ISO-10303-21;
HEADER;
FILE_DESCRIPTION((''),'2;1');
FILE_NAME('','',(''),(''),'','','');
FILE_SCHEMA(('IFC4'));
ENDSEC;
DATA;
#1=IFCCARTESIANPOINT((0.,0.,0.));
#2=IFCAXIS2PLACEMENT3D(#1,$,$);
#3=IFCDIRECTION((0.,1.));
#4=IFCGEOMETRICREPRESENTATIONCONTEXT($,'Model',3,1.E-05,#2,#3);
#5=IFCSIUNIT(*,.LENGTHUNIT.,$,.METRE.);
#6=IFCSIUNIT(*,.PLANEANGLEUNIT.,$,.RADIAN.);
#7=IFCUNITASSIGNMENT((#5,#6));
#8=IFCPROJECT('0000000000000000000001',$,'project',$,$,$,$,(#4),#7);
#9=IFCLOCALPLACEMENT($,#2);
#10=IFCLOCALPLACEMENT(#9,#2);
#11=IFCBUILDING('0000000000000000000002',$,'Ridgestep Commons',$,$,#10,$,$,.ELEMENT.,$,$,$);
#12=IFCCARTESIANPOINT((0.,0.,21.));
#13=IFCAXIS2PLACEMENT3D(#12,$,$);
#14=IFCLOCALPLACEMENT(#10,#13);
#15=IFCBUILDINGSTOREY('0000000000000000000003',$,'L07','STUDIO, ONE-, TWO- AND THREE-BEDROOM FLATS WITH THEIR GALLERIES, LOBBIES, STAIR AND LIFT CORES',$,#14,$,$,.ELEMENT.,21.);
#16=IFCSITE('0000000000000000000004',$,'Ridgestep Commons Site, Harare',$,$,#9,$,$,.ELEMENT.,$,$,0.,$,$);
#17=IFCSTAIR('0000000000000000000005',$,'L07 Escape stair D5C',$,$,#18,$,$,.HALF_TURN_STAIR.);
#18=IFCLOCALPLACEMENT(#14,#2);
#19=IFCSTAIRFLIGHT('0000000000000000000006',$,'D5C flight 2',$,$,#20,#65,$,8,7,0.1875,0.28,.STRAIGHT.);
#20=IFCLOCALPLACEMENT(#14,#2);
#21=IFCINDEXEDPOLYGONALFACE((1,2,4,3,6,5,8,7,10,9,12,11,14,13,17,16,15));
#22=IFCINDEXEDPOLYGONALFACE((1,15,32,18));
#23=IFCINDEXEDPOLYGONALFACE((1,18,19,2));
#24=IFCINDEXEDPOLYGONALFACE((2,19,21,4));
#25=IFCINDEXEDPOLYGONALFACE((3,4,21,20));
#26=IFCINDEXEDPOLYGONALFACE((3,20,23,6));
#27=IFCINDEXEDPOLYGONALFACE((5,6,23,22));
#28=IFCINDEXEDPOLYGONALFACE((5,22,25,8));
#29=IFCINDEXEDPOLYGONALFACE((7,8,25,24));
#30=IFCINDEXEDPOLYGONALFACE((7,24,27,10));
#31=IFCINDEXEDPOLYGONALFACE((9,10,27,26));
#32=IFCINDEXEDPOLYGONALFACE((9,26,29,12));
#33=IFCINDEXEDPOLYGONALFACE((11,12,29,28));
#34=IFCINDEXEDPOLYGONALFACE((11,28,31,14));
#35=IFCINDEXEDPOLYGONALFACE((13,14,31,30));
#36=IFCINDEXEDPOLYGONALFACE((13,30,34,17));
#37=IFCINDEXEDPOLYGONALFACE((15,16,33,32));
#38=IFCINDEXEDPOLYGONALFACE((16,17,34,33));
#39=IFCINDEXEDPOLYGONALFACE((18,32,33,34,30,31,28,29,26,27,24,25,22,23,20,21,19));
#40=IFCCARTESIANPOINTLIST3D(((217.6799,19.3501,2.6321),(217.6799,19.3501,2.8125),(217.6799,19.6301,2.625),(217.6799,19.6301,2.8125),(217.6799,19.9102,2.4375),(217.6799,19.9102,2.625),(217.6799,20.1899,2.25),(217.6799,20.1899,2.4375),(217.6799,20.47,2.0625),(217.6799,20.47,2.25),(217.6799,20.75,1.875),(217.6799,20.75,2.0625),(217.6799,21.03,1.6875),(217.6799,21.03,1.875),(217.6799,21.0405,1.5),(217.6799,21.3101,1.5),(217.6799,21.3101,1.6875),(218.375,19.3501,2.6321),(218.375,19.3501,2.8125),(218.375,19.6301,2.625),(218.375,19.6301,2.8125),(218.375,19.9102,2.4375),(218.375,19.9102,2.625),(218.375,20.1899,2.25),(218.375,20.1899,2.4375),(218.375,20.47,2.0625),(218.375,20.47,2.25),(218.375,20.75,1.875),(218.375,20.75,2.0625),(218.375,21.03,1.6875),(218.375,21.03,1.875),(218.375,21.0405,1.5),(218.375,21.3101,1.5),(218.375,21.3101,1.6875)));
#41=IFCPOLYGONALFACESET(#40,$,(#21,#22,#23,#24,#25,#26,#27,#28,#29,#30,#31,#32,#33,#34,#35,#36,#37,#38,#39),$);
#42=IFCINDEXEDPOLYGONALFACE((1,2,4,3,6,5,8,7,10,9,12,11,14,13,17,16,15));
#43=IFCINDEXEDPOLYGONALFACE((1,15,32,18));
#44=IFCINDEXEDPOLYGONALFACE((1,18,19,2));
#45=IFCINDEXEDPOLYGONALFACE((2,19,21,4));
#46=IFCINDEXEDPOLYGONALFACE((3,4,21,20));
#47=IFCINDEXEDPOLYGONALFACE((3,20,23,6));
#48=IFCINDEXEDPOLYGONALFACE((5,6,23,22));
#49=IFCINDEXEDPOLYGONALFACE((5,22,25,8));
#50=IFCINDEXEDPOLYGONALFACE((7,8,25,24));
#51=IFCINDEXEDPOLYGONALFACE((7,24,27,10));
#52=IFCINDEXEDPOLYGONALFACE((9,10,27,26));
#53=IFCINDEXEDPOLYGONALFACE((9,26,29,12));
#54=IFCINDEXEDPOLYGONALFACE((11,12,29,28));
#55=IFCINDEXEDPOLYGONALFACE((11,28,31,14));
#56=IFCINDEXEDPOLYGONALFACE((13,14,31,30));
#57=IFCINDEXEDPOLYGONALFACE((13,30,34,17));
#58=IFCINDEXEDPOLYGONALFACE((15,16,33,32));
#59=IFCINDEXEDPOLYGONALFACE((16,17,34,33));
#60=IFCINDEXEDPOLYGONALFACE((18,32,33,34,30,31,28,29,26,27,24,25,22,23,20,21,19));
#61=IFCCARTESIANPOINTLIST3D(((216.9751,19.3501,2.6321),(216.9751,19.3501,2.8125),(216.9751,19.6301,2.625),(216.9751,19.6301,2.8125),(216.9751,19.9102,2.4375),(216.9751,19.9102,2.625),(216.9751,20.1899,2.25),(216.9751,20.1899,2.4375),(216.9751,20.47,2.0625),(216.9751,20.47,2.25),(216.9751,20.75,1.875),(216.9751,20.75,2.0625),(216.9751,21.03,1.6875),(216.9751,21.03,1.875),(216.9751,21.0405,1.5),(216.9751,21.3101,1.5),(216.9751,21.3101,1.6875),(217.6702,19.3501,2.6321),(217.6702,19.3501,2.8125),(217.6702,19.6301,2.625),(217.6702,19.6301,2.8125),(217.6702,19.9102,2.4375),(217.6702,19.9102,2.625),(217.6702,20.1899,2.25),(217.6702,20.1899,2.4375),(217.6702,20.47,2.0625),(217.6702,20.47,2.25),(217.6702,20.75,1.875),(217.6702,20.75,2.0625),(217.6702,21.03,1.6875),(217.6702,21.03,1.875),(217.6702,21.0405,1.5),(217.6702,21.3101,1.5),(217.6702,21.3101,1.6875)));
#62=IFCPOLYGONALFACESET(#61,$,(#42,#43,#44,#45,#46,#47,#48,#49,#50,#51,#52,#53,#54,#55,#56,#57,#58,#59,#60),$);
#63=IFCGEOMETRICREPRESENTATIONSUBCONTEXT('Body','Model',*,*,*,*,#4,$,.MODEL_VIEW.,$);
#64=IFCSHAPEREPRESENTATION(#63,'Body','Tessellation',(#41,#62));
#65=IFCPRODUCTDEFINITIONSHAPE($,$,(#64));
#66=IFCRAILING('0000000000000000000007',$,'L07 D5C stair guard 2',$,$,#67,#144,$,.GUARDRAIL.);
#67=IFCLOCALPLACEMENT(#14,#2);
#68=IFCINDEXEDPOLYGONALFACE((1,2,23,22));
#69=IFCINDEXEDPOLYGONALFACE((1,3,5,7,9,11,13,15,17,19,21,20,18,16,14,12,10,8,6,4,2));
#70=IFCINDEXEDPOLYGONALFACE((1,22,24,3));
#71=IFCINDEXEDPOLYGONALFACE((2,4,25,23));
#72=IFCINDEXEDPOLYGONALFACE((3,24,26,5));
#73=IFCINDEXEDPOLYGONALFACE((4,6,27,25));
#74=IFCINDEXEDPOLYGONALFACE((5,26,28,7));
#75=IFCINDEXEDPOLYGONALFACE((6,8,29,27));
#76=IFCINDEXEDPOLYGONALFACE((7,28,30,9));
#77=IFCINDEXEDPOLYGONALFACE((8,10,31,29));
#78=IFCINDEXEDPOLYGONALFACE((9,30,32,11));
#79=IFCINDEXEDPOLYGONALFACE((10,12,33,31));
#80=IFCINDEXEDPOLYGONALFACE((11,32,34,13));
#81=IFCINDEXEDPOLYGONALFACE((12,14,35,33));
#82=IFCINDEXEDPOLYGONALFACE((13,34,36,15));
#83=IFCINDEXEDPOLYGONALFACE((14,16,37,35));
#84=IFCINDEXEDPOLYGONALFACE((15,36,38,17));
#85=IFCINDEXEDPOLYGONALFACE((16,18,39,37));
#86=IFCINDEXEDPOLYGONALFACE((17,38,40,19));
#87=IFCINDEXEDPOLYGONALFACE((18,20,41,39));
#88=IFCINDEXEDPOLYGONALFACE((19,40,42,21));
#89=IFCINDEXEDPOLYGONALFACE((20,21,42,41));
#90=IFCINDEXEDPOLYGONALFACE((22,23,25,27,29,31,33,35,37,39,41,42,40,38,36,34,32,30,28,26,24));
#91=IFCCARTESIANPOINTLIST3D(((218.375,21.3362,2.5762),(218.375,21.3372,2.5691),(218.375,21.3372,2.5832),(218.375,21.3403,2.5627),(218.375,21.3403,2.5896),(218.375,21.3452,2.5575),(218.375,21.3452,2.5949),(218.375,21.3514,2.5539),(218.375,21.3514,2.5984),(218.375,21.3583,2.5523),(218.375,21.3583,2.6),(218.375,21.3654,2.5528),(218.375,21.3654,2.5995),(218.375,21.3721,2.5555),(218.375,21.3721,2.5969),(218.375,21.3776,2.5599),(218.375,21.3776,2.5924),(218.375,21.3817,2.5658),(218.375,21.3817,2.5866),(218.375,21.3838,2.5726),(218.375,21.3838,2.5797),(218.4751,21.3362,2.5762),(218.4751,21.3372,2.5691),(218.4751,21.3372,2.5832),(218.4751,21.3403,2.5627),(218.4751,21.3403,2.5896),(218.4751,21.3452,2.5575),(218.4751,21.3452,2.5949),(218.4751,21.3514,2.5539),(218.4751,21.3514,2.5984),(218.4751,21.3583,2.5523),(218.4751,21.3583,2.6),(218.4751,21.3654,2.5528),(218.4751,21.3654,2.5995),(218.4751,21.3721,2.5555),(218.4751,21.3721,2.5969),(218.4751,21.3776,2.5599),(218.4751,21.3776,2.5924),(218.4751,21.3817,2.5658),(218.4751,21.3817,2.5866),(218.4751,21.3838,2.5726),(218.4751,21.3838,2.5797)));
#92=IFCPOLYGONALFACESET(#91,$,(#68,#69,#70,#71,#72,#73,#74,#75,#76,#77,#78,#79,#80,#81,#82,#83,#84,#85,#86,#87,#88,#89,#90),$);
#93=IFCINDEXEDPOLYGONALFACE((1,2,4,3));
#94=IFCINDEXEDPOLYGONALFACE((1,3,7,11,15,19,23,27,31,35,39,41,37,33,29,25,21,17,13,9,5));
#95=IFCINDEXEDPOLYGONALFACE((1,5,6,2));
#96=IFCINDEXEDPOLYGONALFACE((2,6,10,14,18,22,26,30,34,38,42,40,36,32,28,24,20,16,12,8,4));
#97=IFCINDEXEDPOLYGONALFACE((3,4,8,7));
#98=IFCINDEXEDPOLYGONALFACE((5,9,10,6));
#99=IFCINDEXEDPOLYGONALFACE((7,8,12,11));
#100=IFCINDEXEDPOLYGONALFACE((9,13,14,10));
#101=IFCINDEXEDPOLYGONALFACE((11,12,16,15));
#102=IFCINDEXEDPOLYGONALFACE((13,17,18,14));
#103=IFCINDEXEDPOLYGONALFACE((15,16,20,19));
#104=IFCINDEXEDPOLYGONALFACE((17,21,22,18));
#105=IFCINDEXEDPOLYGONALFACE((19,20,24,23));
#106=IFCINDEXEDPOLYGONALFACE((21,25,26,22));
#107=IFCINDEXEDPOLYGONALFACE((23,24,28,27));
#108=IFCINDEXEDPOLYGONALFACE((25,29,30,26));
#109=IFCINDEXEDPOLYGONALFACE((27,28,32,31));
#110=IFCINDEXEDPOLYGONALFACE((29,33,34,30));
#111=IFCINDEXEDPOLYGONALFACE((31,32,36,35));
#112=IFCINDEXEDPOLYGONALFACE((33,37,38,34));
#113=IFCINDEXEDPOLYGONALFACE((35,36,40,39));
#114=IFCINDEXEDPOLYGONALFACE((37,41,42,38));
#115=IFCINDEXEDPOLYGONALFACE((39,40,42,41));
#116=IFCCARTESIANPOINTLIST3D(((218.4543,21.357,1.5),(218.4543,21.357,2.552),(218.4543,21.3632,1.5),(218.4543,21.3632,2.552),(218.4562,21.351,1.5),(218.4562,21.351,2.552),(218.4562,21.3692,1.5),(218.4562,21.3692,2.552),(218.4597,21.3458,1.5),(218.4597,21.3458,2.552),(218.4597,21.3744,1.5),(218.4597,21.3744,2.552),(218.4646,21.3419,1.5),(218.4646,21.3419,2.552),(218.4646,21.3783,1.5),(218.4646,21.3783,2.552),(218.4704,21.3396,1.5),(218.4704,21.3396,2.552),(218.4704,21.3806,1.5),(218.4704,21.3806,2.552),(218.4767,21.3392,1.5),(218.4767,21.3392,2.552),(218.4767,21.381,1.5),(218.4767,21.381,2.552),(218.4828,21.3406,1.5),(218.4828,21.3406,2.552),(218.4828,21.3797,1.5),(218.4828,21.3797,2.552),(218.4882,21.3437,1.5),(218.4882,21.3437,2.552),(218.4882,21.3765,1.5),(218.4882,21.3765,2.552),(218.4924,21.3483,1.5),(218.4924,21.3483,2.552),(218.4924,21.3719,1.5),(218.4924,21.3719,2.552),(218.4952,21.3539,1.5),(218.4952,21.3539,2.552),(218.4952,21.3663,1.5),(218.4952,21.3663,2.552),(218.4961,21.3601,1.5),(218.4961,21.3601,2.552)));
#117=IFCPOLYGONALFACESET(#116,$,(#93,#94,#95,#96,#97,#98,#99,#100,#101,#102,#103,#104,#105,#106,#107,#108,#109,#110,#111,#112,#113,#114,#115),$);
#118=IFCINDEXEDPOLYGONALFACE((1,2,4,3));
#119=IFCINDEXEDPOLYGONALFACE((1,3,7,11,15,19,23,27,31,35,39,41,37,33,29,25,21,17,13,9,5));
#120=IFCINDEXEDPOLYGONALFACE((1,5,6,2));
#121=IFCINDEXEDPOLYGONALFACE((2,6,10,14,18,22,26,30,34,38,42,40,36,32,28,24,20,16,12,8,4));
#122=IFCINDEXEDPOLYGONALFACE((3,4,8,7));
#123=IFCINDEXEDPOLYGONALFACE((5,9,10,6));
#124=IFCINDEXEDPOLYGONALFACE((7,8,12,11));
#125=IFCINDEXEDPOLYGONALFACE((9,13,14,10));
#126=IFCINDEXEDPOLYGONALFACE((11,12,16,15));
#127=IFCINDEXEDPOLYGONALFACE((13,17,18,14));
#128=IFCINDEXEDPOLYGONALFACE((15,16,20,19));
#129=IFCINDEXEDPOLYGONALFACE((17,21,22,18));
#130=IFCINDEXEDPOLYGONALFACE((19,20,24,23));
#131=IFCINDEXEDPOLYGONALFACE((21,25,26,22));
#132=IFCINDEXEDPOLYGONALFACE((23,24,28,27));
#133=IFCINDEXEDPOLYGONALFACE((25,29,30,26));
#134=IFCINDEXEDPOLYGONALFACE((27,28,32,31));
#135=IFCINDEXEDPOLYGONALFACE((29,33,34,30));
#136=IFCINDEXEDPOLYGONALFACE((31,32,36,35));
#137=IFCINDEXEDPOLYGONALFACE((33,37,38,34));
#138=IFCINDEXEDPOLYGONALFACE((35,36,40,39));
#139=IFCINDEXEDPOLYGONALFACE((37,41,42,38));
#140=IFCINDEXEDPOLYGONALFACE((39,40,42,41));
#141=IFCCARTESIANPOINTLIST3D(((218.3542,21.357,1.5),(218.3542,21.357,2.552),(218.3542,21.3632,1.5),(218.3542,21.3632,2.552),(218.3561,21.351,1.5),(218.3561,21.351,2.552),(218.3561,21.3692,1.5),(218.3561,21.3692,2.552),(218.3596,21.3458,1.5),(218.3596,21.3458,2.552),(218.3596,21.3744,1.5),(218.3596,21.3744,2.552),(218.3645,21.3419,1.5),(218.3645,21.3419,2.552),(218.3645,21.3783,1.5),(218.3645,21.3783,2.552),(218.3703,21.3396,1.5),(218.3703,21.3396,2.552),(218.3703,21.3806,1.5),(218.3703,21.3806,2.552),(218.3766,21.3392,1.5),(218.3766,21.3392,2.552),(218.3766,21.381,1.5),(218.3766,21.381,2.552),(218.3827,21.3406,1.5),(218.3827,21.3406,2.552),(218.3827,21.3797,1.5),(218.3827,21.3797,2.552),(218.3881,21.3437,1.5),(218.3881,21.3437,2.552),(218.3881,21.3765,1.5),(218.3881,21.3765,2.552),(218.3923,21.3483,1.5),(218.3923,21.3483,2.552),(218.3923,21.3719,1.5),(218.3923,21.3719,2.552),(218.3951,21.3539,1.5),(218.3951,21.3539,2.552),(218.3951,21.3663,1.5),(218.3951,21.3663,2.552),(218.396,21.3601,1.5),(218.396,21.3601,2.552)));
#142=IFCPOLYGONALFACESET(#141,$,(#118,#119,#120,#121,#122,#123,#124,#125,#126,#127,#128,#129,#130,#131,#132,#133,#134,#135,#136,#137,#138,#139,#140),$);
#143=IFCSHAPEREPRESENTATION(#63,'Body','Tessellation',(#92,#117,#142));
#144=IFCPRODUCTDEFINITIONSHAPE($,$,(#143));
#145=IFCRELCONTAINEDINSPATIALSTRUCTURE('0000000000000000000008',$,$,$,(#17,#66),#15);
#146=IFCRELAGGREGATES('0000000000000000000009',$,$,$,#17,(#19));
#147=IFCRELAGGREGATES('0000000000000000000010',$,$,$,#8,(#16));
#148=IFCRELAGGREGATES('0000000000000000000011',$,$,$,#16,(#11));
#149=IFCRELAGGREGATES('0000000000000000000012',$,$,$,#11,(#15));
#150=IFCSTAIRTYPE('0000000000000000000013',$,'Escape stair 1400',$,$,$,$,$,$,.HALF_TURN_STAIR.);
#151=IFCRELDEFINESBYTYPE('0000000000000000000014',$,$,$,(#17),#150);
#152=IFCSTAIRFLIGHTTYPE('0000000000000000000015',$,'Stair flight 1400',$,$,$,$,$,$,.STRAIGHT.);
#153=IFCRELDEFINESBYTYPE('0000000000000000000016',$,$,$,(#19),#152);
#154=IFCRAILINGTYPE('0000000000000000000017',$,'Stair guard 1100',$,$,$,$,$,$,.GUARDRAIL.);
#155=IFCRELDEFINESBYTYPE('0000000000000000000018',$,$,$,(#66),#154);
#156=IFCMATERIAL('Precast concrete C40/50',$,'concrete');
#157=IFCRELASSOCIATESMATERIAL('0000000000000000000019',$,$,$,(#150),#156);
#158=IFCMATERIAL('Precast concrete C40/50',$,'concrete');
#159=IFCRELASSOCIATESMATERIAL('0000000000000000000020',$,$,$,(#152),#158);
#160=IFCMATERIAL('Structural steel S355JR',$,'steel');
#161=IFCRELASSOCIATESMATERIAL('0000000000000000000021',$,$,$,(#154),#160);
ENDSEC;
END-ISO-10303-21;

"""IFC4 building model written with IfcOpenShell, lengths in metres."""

from ifc_helpers import new_model, si_unit, direction, frame, origin, origin_2d, place, context, subcontext, project, spatial, polyline, circle, outline, extrude, material, type_object, element, aggregate, save


model = new_model("IFC4")

# Units and contexts
model_context = context("Model", 3, precision=1e-05, world=origin(), true_north=direction((0.0, 1.0)))
body_context = subcontext(model_context, "Body", "Model", "MODEL_VIEW")
ifc_project = project(units=[si_unit("LENGTHUNIT", "METRE"), si_unit("PLANEANGLEUNIT", "RADIAN")], contexts=[model_context])

# Site, building, storey
site_placement = place(None, origin())
site = spatial("IfcSite", under=ifc_project, at=site_placement, Name="Ridgestep Commons Site, Harare", CompositionType="ELEMENT", RefElevation=0.0)
building_placement = place(site_placement, origin())
building = spatial("IfcBuilding", under=site, at=building_placement, Name="Ridgestep Commons", CompositionType="ELEMENT")
storey_placement = place(building_placement, frame((0.0, 0.0, 21.0)))
storey = spatial("IfcBuildingStorey", under=building, at=storey_placement, Name="L07", Description="STUDIO, ONE-, TWO- AND THREE-BEDROOM FLATS WITH THEIR GALLERIES, LOBBIES, STAIR AND LIFT CORES", CompositionType="ELEMENT", Elevation=21.0)

# Stair, stair flight
ifc_material_1 = material(Name="Precast concrete C40/50", Category="concrete")
stair_type = type_object("IfcStairType", Name="Escape stair 1400", PredefinedType="HALF_TURN_STAIR", material=ifc_material_1)
stair_placement = place(storey_placement, origin())
stair = element("IfcStair", 1, at=stair_placement, inside=storey, type_object=stair_type, Name="L07 Escape stair D5C", PredefinedType="HALF_TURN_STAIR")
ifc_material_2 = material(Name="Precast concrete C40/50", Category="concrete")
stair_flight_type = type_object("IfcStairFlightType", Name="Stair flight 1400", PredefinedType="STRAIGHT", material=ifc_material_2)
stair_flight_placement = place(storey_placement, frame((217.675, 21.3101, 1.5), z_axis=(0.0, 0.0, 1.0), x_axis=(0.0, -1.0, 0.0)))
stair_flight = element("IfcStairFlight", 2, at=stair_flight_placement, type_object=stair_flight_type, Name="D5C flight 2", NumberOfRisers=8, NumberOfTreads=7, PredefinedType="STRAIGHT", RiserHeight=0.1875, TreadLength=0.28, context=body_context, shape_type="SweptSolid", body=[
    extrude(outline(polyline([(0.0, 0.0), (0.0, 0.1875), (0.28, 0.1875), (0.28, 0.375), (0.5601, 0.375), (0.5601, 0.5625), (0.8401, 0.5625), (0.8401, 0.75), (1.1201, 0.75), (1.1201, 0.9375), (1.3999, 0.9375), (1.3999, 1.125), (1.6799, 1.125), (1.6799, 1.3125), (1.96, 1.3125), (1.96, 1.5), (1.96, 1.1321), (0.2695, 0.0), (0.0, 0.0)])), frame((0.0, 0.7, 0.0), z_axis=(0.0, -1.0, 0.0), x_axis=(1.0, 0.0, 0.0)), (0.0, 0.0, 1.0), 0.6951),
    extrude(outline(polyline([(0.0, 0.0), (0.0, 0.1875), (0.28, 0.1875), (0.28, 0.375), (0.5601, 0.375), (0.5601, 0.5625), (0.8401, 0.5625), (0.8401, 0.75), (1.1201, 0.75), (1.1201, 0.9375), (1.3999, 0.9375), (1.3999, 1.125), (1.6799, 1.125), (1.6799, 1.3125), (1.96, 1.3125), (1.96, 1.5), (1.96, 1.1321), (0.2695, 0.0), (0.0, 0.0)])), frame((0.0, -0.0049, 0.0), z_axis=(0.0, -1.0, 0.0), x_axis=(1.0, 0.0, 0.0)), (0.0, 0.0, 1.0), 0.6951),
])
aggregate(stair, [stair_flight])

# Railing
ifc_material_3 = material(Name="Structural steel S355JR", Category="steel")
railing_type_1 = type_object("IfcRailingType", Name="Stair guard 1100", PredefinedType="GUARDRAIL", material=ifc_material_3)
railing_1_placement = place(storey_placement, frame((218.4751, 21.3601, 1.5)))
element("IfcRailing", 3, at=railing_1_placement, inside=storey, type_object=railing_type_1, Name="L07 D5C stair guard 2", PredefinedType="GUARDRAIL", context=body_context, shape_type="SweptSolid", body=[
    extrude(circle(Radius=0.0239, at=origin_2d()), frame((0.0, 0.0, 1.0762), z_axis=(-1.0, 0.0, 0.0), x_axis=(0.0, -1.0, 0.0)), (0.0, 0.0, 1.0), 0.1001),
    extrude(circle(Radius=0.021, at=origin_2d()), origin(), (0.0, 0.0, 1.0), 1.052),
    extrude(circle(Radius=0.021, at=origin_2d()), frame((-0.1001, 0.0, 0.0)), (0.0, 0.0, 1.0), 1.052),
])

save(model, "model.ifc")
